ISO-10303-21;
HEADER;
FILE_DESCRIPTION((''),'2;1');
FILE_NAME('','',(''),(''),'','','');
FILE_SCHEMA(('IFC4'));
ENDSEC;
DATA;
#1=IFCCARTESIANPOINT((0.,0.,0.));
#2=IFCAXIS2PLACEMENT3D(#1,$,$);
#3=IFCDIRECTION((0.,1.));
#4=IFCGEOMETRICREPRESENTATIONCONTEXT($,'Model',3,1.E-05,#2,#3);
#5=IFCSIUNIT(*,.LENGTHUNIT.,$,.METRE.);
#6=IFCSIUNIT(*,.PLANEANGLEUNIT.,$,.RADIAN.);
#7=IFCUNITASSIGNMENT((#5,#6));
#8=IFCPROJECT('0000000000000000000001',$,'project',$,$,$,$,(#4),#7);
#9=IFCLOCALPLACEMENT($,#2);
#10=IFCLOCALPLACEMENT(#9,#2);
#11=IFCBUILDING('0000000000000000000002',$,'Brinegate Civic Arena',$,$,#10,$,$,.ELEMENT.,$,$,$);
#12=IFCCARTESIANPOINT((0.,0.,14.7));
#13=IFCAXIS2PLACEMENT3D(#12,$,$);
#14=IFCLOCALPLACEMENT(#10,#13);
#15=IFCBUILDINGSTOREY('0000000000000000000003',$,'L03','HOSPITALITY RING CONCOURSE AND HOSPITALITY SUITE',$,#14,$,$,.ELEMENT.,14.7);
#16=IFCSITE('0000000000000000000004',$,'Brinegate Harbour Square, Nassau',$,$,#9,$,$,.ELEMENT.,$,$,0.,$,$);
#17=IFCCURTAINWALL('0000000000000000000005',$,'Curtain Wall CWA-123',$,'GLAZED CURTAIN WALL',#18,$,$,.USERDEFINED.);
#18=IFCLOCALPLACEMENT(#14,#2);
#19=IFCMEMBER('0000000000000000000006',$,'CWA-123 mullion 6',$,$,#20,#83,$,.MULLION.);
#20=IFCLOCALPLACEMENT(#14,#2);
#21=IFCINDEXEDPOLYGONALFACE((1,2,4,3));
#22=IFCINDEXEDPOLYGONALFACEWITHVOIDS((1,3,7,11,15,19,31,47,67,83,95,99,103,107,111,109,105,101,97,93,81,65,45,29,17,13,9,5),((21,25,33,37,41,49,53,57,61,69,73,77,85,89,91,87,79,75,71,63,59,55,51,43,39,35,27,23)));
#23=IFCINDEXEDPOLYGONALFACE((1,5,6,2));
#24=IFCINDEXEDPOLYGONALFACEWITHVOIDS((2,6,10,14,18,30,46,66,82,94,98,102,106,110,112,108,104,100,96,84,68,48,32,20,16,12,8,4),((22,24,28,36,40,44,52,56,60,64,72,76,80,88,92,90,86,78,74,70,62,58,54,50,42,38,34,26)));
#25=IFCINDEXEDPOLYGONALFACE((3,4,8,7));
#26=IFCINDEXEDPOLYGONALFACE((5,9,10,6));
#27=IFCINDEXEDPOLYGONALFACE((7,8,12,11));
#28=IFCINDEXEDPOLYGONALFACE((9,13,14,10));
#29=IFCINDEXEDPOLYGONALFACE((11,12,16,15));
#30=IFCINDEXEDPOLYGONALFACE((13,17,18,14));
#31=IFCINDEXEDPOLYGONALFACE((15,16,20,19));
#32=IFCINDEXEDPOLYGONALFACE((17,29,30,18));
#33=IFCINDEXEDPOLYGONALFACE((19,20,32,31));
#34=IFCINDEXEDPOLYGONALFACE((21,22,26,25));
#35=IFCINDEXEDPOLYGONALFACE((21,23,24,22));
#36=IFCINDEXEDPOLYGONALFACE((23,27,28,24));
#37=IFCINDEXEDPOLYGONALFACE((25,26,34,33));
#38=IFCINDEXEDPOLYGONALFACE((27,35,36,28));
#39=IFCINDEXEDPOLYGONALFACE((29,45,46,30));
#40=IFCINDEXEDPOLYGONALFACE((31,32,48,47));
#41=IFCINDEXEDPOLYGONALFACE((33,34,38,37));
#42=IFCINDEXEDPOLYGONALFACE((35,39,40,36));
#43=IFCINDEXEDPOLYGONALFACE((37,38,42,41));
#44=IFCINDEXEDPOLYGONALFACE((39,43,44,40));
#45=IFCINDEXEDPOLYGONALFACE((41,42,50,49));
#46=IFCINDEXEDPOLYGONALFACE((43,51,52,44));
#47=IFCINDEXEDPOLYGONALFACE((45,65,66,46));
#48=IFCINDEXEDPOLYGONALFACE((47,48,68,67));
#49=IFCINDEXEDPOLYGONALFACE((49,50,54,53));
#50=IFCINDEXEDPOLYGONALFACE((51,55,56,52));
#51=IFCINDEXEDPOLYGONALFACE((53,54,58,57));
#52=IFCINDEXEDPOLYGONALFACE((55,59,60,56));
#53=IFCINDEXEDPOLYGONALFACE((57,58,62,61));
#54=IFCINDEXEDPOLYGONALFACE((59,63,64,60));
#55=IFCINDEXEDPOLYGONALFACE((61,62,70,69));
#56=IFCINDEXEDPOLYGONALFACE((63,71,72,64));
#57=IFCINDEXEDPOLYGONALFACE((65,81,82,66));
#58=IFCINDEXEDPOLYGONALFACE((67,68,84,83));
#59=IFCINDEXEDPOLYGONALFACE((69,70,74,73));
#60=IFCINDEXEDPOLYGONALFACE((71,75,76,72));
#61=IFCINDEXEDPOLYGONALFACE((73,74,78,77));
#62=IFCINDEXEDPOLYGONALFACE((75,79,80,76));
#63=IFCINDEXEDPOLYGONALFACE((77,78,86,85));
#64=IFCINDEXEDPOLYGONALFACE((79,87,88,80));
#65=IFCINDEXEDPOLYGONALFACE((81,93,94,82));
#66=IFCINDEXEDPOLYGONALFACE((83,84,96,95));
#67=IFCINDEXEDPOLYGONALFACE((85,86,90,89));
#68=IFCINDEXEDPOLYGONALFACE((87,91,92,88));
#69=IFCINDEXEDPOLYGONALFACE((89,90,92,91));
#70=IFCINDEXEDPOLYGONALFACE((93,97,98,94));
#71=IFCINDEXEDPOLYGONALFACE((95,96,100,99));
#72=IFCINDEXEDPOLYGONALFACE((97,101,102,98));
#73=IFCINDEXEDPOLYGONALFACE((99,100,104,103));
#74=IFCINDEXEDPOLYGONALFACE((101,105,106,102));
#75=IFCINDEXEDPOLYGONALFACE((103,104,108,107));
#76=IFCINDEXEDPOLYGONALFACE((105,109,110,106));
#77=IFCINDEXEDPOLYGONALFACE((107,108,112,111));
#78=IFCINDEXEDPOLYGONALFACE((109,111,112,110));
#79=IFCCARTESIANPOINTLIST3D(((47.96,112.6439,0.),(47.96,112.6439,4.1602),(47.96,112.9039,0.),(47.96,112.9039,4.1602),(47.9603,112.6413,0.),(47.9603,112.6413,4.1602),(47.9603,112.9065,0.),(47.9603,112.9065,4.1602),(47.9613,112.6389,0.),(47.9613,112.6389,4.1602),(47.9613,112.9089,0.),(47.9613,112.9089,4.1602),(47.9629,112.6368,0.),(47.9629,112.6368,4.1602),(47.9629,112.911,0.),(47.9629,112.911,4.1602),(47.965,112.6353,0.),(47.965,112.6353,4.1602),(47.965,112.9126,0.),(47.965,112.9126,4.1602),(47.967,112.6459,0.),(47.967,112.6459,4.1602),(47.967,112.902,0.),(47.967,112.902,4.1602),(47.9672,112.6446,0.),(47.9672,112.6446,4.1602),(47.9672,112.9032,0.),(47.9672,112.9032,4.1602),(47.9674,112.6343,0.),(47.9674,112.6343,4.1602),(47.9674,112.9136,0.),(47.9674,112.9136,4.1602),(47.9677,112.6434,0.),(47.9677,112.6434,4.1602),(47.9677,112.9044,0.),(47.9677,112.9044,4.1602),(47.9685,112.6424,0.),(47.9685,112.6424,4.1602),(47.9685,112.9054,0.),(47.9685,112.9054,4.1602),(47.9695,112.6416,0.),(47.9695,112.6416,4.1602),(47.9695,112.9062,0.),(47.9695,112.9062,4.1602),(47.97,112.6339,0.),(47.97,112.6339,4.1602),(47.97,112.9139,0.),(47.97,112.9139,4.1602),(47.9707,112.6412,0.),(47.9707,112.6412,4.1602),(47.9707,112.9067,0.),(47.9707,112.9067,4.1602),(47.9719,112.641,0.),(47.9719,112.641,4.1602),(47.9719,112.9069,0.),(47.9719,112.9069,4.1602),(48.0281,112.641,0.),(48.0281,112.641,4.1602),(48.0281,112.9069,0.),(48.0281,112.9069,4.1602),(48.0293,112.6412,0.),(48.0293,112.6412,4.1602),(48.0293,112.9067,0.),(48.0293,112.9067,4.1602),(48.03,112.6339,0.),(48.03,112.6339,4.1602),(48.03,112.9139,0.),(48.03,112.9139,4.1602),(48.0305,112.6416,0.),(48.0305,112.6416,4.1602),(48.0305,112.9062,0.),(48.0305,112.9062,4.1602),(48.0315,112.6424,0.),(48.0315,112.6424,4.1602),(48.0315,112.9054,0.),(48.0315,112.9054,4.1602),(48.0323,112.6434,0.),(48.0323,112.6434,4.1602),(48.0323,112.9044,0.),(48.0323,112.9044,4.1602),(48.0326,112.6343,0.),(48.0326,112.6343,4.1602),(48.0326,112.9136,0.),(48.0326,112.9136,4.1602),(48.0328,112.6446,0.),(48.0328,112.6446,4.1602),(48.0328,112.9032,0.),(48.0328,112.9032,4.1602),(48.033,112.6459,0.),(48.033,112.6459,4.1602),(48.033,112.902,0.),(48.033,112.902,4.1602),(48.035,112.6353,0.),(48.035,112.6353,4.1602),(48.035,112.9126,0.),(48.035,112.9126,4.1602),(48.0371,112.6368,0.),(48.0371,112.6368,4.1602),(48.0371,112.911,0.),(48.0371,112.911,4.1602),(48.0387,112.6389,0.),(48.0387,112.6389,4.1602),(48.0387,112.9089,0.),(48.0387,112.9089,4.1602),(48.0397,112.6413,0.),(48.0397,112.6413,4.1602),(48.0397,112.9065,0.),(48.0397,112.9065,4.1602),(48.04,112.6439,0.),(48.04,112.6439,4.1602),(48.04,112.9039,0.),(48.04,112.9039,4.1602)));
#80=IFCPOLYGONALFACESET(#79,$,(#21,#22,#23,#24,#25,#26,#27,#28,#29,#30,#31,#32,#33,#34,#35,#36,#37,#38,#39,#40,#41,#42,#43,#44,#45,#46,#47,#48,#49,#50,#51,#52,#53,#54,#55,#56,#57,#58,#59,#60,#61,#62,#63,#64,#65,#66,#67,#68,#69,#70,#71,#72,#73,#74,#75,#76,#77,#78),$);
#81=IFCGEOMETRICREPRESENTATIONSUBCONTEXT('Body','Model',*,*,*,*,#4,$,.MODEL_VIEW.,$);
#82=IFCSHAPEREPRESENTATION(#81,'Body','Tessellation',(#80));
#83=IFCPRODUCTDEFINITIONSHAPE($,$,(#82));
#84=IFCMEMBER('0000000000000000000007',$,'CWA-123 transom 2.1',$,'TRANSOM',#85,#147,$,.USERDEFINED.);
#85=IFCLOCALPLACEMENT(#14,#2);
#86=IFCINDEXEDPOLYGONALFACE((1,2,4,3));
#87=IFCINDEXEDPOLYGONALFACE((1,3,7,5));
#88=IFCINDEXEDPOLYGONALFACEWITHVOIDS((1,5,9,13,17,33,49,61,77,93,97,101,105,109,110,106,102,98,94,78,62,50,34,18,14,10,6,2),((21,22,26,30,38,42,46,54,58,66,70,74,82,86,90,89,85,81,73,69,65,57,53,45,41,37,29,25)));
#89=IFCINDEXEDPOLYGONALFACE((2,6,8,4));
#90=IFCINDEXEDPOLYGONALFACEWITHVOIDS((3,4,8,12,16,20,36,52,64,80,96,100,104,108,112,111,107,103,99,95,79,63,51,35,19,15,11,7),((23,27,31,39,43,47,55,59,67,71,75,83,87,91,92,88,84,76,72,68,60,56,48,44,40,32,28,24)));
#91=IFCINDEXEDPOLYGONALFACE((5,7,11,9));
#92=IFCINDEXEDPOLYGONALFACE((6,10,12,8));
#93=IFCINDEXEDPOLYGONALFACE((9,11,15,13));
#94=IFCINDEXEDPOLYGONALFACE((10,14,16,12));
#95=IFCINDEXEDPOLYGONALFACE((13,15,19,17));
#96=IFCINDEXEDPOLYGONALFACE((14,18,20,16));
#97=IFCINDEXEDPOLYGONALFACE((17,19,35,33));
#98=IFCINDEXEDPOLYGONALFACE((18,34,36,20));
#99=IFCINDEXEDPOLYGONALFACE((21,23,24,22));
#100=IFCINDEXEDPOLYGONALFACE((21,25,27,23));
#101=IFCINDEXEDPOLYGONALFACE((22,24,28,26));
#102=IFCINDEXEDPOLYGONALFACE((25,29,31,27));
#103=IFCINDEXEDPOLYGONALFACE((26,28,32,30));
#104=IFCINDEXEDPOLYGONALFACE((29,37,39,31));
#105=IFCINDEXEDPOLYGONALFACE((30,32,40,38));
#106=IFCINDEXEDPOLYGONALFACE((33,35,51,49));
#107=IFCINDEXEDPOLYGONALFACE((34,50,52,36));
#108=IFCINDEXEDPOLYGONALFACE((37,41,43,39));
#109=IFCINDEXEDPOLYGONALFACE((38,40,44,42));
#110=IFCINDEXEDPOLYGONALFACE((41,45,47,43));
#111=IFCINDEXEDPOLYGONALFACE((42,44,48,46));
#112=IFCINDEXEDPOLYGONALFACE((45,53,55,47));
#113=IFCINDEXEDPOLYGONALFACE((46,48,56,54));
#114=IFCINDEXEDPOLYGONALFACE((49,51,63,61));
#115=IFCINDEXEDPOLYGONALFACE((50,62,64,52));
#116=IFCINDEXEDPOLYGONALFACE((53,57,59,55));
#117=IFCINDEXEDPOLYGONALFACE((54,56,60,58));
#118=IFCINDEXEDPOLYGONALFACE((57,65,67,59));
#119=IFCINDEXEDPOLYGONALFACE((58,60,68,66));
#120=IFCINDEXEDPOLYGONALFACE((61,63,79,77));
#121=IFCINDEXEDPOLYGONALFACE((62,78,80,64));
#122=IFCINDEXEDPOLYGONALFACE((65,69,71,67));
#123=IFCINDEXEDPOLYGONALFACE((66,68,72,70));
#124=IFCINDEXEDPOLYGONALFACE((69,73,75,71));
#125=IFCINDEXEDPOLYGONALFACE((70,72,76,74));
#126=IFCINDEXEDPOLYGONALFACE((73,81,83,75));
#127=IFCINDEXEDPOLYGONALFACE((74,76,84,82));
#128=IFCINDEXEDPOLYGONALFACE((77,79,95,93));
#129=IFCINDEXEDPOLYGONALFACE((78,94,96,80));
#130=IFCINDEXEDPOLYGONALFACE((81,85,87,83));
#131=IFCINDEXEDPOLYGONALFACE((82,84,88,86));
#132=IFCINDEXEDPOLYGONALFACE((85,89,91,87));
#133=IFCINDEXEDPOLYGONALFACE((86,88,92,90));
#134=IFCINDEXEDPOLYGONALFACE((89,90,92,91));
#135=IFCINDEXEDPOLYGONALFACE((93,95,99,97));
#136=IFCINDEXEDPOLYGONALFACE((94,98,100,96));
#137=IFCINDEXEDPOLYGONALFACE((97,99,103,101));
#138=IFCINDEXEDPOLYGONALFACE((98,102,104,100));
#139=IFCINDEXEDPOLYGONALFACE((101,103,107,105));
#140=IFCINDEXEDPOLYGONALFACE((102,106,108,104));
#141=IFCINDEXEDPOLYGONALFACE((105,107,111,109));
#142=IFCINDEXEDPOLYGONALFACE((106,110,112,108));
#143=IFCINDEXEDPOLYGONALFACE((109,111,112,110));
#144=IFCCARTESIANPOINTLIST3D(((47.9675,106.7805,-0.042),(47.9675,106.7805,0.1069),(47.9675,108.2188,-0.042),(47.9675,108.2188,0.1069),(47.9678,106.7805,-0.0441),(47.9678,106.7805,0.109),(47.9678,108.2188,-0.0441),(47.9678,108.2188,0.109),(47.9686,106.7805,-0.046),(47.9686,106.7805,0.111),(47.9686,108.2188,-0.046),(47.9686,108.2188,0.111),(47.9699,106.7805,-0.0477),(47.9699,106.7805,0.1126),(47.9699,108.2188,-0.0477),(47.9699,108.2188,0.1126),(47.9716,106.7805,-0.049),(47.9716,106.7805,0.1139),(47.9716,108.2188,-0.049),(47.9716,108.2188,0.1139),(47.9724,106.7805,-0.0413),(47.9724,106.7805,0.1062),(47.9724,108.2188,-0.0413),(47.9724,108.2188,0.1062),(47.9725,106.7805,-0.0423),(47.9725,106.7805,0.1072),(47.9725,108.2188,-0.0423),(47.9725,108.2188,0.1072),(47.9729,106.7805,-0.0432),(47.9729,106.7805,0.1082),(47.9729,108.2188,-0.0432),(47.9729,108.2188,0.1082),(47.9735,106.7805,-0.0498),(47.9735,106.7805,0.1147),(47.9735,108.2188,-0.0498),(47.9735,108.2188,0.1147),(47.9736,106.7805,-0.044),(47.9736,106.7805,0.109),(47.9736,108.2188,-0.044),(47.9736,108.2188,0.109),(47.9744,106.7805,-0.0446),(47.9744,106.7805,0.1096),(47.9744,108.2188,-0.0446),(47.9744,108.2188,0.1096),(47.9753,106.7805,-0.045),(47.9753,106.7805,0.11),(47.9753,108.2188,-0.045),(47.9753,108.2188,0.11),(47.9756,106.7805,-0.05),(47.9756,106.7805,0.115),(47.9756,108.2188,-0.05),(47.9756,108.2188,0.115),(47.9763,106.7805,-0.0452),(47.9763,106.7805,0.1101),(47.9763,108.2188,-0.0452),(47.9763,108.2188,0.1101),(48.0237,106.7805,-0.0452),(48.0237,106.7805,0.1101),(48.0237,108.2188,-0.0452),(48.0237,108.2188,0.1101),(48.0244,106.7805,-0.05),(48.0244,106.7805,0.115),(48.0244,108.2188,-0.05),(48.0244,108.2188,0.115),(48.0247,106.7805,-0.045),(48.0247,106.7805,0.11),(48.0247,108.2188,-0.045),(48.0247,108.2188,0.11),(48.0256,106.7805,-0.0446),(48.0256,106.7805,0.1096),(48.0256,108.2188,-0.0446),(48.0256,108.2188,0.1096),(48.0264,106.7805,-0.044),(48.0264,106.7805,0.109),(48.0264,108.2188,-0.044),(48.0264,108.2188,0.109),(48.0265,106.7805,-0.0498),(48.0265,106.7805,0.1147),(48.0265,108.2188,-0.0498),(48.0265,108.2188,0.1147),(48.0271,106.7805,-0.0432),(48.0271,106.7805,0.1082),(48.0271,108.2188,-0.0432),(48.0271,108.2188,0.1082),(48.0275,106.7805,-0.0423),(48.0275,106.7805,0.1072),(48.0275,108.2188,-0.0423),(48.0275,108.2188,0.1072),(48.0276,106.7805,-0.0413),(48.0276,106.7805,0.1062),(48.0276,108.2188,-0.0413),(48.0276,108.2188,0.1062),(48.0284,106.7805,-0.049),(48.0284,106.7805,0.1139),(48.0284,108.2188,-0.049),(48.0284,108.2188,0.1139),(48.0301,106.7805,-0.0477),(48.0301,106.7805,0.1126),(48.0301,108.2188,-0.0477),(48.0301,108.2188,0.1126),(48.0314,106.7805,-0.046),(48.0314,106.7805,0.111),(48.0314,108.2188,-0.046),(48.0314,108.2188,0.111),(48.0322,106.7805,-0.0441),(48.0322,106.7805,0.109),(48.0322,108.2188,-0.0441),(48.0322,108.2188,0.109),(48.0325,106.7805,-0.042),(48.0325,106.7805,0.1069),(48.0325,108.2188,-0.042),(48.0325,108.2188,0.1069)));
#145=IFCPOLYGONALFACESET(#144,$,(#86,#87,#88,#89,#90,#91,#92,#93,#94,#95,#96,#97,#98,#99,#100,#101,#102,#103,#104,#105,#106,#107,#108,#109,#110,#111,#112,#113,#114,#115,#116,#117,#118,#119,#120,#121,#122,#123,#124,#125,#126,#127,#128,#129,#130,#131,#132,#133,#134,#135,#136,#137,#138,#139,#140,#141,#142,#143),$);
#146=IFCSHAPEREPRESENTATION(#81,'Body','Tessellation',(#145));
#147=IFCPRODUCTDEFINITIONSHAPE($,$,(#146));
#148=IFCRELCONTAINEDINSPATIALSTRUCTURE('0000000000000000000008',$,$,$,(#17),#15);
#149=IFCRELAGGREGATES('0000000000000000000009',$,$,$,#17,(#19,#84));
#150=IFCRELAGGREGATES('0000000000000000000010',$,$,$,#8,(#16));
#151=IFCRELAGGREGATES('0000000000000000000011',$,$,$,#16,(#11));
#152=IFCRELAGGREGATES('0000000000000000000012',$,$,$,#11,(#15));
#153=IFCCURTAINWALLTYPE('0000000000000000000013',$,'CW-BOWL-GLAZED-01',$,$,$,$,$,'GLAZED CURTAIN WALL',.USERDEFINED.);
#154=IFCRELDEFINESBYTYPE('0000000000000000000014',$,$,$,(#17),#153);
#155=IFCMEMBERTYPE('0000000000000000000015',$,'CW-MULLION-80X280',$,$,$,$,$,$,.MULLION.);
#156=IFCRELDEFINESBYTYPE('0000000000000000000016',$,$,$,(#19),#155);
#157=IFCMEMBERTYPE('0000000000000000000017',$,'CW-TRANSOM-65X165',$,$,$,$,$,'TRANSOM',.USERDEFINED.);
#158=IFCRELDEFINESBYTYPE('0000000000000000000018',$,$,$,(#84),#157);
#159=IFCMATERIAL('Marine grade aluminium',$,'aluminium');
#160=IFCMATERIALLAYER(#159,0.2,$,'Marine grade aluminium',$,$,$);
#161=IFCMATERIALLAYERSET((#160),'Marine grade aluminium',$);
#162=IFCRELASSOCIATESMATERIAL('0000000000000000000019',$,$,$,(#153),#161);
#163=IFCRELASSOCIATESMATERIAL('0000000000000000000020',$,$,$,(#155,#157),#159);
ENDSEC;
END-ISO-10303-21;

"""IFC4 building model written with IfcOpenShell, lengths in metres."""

from ifc_helpers import new_model, si_unit, direction, frame, origin, origin_2d, place, context, subcontext, project, spatial, hollow_rectangle, extrude, material, layer, layer_set, material_profile, profile_set, type_object, element, aggregate, save


model = new_model("IFC4")

# Units and contexts
model_context = context("Model", 3, precision=1e-05, world=origin(), true_north=direction((0.0, 1.0)))
body_context = subcontext(model_context, "Body", "Model", "MODEL_VIEW")
ifc_project = project(units=[si_unit("LENGTHUNIT", "METRE"), si_unit("PLANEANGLEUNIT", "RADIAN")], contexts=[model_context])

# Site, building, storey
site_placement = place(None, origin())
site = spatial("IfcSite", under=ifc_project, at=site_placement, Name="Brinegate Harbour Square, Nassau", CompositionType="ELEMENT", RefElevation=0.0)
building_placement = place(site_placement, origin())
building = spatial("IfcBuilding", under=site, at=building_placement, Name="Brinegate Civic Arena", CompositionType="ELEMENT")
storey_placement = place(building_placement, frame((0.0, 0.0, 14.7)))
storey = spatial("IfcBuildingStorey", under=building, at=storey_placement, Name="L03", Description="HOSPITALITY RING CONCOURSE AND HOSPITALITY SUITE", CompositionType="ELEMENT", Elevation=14.7)

# Curtain wall, members
ifc_material_1 = material(Name="Marine grade aluminium", Category="aluminium")
ifc_layer_1 = layer(ifc_material_1, 0.2, Name="Marine grade aluminium")
ifc_layer_set_1 = layer_set([ifc_layer_1], Name="Marine grade aluminium")
curtain_wall_type = type_object("IfcCurtainWallType", Name="CW-BOWL-GLAZED-01", ElementType="GLAZED CURTAIN WALL", PredefinedType="USERDEFINED", material=ifc_layer_set_1)
curtain_wall_placement = place(storey_placement, origin())
curtain_wall = element("IfcCurtainWall", 1, at=curtain_wall_placement, inside=storey, type_object=curtain_wall_type, Name="Curtain Wall CWA-123", ObjectType="GLAZED CURTAIN WALL", PredefinedType="USERDEFINED")
ifc_material_profile_1 = material_profile(ifc_material_1, hollow_rectangle(XDim=0.0801, YDim=0.28, WallThickness=0.0071, InnerFilletRadius=0.0049, OuterFilletRadius=0.01, at=origin_2d()), Name="MUL80X280")
ifc_profile_set_1 = profile_set([ifc_material_profile_1], Name="Marine grade aluminium")
member_type_1 = type_object("IfcMemberType", Name="CW-MULLION-80X280", PredefinedType="MULLION", material=ifc_profile_set_1)
member_1_placement = place(storey_placement, frame((48.0, 112.7739, 0.0), z_axis=(0.0, 0.0, 1.0), x_axis=(-1.0, 0.0, 0.0)))
member_1 = element("IfcMember", 2, at=member_1_placement, type_object=member_type_1, Name="CWA-123 mullion 6", PredefinedType="MULLION", context=body_context, shape_type="SweptSolid", body=[
    extrude(hollow_rectangle(XDim=0.0801, YDim=0.28, WallThickness=0.0071, InnerFilletRadius=0.0049, OuterFilletRadius=0.01, at=origin_2d()), origin(), (0.0, 0.0, 1.0), 4.1602),
])
ifc_material_profile_2 = material_profile(ifc_material_1, hollow_rectangle(XDim=0.0649, YDim=0.165, WallThickness=0.0049, InnerFilletRadius=0.0039, OuterFilletRadius=0.0081, at=origin_2d()), Name="TRN65X165")
ifc_profile_set_2 = profile_set([ifc_material_profile_2], Name="Marine grade aluminium")
member_type_2 = type_object("IfcMemberType", Name="CW-TRANSOM-65X165", ElementType="TRANSOM", PredefinedType="USERDEFINED", material=ifc_profile_set_2)
member_2_placement = place(storey_placement, frame((48.0, 106.7805, 0.0325), z_axis=(0.0, 1.0, 0.0), x_axis=(-1.0, 0.0, 0.0)))
member_2 = element("IfcMember", 3, at=member_2_placement, type_object=member_type_2, Name="CWA-123 transom 2.1", ObjectType="TRANSOM", PredefinedType="USERDEFINED", context=body_context, shape_type="SweptSolid", body=[
    extrude(hollow_rectangle(XDim=0.0649, YDim=0.165, WallThickness=0.0049, InnerFilletRadius=0.0039, OuterFilletRadius=0.0081, at=origin_2d()), origin(), (0.0, 0.0, 1.0), 1.4382),
])

aggregate(curtain_wall, [member_1, member_2])

save(model, "model.ifc")
